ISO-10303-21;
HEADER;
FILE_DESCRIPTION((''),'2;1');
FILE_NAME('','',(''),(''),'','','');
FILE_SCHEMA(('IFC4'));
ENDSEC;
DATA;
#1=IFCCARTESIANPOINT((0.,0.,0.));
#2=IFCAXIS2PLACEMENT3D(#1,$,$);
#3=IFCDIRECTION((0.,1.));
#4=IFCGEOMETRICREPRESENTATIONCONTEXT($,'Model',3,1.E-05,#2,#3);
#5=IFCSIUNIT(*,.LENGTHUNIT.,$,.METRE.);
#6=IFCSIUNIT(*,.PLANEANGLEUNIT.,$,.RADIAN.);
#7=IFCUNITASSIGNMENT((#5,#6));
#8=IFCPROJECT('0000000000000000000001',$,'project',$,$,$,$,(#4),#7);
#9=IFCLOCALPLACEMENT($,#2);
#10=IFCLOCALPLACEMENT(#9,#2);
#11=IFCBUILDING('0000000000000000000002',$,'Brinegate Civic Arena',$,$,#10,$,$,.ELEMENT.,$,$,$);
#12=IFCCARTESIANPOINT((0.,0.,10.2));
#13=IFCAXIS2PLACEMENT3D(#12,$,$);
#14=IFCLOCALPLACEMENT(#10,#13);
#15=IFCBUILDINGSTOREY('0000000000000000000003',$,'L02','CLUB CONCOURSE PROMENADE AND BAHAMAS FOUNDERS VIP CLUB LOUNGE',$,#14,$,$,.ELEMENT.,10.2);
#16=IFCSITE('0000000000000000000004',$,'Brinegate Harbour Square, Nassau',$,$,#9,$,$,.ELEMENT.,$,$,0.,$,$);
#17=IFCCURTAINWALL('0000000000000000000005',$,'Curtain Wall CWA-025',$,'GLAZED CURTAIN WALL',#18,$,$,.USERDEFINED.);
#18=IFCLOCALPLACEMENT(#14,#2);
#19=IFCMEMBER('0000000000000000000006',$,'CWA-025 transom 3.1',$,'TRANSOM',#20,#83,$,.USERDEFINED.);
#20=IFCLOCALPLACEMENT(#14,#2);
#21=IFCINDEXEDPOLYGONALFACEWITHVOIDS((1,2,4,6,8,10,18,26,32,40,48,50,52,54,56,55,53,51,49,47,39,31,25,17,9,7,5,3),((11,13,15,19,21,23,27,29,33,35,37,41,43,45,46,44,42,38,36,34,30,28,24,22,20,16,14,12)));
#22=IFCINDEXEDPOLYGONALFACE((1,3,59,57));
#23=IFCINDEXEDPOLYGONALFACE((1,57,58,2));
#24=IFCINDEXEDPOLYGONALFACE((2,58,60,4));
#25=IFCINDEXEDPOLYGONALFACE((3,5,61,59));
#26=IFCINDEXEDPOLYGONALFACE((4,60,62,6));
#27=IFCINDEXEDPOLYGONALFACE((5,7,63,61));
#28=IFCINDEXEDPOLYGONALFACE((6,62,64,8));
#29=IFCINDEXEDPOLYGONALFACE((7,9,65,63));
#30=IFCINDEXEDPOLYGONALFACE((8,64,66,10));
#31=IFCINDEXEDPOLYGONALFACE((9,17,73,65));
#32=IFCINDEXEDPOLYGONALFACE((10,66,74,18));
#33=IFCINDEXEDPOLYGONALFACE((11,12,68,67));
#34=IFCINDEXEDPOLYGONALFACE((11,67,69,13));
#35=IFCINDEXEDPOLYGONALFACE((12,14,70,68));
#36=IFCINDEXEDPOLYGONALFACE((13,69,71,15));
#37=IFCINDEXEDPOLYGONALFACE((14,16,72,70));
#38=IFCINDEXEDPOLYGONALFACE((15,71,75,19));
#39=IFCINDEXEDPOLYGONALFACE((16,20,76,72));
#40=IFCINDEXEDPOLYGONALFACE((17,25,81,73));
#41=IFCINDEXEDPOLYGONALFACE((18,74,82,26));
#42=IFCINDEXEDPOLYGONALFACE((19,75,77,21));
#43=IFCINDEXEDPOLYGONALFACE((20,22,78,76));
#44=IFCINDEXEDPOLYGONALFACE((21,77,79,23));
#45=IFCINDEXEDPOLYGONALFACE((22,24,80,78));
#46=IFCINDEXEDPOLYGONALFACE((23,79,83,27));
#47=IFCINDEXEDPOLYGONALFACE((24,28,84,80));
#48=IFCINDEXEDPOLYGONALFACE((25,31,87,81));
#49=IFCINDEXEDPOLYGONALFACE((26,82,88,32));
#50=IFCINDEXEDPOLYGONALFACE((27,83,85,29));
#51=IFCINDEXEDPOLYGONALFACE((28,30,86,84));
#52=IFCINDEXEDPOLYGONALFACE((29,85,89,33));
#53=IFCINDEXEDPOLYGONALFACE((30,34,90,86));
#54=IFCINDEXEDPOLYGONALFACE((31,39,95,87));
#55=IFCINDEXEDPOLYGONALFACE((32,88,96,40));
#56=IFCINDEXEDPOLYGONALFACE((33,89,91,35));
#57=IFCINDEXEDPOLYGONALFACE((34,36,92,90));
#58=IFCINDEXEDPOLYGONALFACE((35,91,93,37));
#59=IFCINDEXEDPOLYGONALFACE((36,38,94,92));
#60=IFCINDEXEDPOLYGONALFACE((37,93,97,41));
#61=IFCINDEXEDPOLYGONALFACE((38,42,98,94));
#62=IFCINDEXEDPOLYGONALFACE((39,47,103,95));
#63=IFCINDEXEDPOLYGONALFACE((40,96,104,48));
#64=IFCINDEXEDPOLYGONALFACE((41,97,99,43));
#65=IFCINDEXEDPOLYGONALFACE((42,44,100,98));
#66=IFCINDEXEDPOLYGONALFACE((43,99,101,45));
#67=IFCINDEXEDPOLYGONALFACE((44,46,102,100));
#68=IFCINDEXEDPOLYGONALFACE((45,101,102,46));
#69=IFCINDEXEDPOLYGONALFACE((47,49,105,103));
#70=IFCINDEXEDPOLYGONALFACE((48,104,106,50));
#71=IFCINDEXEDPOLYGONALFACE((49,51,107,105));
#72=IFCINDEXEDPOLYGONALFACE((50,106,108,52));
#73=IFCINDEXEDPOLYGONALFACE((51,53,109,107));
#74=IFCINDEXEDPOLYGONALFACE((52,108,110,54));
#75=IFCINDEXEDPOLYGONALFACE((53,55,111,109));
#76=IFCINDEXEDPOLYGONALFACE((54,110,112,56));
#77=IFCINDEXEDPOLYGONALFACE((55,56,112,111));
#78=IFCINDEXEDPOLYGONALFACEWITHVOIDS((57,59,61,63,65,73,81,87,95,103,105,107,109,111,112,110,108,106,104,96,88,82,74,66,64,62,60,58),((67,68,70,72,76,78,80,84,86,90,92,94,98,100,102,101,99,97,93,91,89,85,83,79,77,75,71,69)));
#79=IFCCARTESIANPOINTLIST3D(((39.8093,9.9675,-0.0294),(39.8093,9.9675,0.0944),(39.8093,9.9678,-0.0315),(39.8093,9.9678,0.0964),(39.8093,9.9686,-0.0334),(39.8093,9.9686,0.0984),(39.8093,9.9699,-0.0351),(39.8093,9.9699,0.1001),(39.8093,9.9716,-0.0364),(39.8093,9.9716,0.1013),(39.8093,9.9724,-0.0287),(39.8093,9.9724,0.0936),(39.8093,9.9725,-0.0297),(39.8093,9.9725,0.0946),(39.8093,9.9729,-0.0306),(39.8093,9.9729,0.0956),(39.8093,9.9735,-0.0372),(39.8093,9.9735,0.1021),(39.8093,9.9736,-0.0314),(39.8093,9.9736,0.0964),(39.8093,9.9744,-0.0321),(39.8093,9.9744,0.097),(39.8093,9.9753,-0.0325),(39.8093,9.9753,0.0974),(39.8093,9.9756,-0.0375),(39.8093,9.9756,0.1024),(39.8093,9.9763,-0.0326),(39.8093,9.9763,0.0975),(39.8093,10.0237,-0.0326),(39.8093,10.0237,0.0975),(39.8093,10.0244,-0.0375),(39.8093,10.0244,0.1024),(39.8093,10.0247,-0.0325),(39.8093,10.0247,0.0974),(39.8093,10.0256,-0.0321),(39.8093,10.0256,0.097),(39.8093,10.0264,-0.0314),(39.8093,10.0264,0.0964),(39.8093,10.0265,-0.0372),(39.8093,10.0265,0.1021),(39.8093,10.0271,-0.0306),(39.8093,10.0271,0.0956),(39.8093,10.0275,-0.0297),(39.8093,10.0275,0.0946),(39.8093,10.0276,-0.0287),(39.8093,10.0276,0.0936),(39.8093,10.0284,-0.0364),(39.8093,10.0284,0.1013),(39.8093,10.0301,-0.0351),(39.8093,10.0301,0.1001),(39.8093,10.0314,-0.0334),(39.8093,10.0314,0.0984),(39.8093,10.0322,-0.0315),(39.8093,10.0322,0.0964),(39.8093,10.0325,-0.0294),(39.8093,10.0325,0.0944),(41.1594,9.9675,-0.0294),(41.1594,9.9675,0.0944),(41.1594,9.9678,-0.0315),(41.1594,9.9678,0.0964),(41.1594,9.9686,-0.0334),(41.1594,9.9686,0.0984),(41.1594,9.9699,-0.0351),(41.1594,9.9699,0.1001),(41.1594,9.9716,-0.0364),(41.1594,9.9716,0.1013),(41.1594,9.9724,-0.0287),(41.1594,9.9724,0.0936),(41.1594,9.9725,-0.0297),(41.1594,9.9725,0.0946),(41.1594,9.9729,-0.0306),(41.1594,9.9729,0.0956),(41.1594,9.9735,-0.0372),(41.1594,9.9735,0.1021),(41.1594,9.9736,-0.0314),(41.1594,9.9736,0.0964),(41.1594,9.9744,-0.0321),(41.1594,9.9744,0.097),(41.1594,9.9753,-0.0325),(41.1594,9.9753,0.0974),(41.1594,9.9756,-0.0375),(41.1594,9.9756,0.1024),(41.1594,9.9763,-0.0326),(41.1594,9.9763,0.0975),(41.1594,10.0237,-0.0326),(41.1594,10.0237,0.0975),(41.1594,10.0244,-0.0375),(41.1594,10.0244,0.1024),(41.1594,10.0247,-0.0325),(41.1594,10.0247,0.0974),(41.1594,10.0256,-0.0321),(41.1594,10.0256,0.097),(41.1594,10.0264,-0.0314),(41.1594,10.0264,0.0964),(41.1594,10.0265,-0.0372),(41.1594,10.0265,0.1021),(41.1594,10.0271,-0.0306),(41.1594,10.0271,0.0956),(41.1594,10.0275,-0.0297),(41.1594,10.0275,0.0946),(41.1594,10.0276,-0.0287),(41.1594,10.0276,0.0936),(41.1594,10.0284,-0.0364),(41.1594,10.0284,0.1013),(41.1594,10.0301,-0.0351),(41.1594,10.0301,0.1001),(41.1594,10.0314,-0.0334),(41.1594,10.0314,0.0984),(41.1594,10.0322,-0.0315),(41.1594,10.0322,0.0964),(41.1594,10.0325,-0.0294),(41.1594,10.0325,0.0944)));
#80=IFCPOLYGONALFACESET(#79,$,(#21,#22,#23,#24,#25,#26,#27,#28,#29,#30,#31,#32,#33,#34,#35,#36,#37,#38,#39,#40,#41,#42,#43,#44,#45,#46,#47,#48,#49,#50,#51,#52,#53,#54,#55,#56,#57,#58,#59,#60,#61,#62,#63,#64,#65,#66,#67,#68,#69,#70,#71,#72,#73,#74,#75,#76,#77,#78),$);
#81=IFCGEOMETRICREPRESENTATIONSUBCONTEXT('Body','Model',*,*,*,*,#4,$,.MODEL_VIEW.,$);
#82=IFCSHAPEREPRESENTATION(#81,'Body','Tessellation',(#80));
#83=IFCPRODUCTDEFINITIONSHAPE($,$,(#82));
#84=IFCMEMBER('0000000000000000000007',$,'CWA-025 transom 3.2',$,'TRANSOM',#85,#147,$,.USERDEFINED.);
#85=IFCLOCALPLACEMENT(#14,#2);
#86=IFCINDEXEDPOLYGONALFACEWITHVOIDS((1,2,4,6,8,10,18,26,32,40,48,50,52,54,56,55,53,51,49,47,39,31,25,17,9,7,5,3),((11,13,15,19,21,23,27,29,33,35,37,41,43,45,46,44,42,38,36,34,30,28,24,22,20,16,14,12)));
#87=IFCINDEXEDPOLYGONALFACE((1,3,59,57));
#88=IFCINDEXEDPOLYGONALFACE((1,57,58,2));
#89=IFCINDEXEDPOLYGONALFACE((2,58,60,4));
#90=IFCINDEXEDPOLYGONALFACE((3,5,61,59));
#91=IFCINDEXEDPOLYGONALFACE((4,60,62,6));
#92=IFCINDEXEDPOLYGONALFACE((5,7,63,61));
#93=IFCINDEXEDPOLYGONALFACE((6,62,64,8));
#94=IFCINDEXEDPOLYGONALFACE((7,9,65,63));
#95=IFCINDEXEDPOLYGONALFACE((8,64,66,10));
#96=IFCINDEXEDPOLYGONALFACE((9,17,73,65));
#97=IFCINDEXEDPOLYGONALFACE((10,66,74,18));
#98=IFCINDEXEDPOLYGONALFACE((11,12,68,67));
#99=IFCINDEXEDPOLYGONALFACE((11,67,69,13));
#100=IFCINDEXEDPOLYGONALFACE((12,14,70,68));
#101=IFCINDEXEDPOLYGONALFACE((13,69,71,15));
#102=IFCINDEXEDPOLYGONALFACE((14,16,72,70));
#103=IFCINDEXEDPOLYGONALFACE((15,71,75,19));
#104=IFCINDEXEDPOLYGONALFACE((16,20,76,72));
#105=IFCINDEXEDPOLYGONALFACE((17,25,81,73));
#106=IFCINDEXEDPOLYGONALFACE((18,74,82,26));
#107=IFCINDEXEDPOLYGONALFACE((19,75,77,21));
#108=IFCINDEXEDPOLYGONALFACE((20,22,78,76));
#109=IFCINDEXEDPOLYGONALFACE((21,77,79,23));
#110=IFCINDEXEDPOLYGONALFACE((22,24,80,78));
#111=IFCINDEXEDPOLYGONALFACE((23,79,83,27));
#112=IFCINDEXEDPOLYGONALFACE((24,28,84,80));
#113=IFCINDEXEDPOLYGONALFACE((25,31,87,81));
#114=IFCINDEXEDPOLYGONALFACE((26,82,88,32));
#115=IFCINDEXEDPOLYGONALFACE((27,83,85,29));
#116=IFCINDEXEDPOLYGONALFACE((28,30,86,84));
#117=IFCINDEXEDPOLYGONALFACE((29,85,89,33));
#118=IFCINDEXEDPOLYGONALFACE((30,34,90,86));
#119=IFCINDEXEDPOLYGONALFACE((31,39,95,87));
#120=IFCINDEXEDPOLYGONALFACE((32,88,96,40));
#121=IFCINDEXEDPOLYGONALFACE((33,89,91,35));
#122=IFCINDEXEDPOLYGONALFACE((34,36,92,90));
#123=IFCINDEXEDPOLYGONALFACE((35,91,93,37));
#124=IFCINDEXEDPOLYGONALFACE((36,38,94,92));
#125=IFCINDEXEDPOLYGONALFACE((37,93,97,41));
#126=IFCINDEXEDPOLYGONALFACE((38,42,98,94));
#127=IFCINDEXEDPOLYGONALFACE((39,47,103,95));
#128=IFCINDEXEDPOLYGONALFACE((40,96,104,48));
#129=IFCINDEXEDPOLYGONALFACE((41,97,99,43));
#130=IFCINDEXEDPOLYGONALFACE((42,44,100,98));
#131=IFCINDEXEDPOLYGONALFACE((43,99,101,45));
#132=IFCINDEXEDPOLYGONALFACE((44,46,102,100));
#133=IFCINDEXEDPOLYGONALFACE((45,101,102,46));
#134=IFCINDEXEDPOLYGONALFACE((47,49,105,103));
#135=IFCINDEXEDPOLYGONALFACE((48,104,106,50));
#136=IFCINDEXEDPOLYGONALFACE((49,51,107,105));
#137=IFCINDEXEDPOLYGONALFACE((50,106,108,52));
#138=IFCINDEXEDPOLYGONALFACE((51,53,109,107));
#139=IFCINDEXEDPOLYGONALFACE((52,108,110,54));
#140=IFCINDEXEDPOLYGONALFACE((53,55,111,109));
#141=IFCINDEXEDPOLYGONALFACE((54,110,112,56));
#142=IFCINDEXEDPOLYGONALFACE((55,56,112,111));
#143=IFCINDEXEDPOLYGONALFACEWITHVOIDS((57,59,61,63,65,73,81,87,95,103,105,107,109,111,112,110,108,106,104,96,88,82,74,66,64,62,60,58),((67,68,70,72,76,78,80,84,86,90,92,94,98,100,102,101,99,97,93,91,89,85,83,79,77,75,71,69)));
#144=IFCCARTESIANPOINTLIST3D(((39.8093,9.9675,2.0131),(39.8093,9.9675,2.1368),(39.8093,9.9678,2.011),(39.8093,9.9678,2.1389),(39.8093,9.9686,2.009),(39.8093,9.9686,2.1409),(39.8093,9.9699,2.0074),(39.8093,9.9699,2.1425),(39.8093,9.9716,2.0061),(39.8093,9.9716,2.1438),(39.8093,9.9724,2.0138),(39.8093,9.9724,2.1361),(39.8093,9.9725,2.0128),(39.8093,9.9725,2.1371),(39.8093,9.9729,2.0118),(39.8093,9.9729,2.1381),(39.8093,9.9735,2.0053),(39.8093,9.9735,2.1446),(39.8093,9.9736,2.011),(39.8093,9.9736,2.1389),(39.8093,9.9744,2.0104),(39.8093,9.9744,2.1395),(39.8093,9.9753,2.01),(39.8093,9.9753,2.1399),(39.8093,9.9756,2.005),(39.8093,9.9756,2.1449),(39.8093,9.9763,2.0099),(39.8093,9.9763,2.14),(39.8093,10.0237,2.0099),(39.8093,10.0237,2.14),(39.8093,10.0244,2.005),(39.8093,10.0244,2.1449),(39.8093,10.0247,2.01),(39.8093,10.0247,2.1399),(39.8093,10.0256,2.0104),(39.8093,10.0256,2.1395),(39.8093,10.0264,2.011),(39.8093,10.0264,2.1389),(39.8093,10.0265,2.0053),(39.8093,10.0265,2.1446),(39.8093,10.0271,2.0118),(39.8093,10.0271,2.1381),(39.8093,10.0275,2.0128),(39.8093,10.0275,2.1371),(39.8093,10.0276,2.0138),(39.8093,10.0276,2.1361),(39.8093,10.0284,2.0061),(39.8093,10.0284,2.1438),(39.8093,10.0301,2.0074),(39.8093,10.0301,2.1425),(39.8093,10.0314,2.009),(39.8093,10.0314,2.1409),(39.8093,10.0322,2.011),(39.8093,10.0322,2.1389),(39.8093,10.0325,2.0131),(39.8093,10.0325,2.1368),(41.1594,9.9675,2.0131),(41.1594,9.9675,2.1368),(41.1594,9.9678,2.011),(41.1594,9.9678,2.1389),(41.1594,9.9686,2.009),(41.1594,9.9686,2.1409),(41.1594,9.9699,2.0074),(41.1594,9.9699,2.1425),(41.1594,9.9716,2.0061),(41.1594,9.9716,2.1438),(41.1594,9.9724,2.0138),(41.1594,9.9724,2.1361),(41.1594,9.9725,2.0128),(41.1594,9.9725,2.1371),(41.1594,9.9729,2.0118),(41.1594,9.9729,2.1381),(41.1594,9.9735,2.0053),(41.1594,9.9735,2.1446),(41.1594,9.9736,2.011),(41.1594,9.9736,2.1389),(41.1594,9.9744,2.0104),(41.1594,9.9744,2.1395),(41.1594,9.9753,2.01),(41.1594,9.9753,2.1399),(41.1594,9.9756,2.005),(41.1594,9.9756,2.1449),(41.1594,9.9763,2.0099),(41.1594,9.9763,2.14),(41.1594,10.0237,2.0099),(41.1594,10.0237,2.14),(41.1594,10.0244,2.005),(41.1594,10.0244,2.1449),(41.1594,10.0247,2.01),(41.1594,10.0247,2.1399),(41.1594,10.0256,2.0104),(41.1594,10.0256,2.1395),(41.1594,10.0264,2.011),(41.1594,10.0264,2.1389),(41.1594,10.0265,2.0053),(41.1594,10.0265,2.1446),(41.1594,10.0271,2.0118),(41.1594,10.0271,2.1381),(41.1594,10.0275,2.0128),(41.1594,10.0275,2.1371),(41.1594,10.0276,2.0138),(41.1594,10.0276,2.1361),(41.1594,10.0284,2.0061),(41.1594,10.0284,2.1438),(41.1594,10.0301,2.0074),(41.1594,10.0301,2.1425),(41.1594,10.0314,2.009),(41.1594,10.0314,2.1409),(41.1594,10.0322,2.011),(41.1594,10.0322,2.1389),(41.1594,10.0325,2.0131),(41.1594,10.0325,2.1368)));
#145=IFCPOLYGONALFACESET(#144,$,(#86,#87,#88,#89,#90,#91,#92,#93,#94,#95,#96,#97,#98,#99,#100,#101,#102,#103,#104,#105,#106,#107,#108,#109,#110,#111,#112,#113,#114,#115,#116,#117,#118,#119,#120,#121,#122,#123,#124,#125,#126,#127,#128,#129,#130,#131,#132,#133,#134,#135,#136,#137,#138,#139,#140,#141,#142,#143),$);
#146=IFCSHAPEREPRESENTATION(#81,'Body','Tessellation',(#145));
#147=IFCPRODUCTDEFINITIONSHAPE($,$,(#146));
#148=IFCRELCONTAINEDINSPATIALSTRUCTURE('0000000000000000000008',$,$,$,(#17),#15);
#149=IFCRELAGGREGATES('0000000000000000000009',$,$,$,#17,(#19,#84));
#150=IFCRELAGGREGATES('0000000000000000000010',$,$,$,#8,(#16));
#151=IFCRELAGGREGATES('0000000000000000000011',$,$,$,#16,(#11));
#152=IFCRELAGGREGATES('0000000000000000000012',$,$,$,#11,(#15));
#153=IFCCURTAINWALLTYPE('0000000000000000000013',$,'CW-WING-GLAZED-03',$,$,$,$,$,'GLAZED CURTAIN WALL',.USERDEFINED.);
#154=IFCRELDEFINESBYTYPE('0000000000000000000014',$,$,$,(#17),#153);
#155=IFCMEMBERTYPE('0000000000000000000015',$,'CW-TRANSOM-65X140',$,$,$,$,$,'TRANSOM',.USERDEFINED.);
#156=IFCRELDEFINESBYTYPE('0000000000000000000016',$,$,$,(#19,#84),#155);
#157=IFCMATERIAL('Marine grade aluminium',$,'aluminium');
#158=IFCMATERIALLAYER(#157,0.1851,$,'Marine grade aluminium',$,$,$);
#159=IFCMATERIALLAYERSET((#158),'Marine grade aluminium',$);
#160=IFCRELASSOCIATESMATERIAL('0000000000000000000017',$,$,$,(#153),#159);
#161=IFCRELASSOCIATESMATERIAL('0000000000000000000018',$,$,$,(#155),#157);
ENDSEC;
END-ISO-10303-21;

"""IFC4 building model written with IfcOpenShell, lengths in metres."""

from ifc_helpers import new_model, si_unit, direction, frame, origin, origin_2d, place, context, subcontext, project, spatial, hollow_rectangle, extrude, material, layer, layer_set, material_profile, profile_set, type_object, element, aggregate, save


model = new_model("IFC4")

# Units and contexts
model_context = context("Model", 3, precision=1e-05, world=origin(), true_north=direction((0.0, 1.0)))
body_context = subcontext(model_context, "Body", "Model", "MODEL_VIEW")
ifc_project = project(units=[si_unit("LENGTHUNIT", "METRE"), si_unit("PLANEANGLEUNIT", "RADIAN")], contexts=[model_context])

# Site, building, storey
site_placement = place(None, origin())
site = spatial("IfcSite", under=ifc_project, at=site_placement, Name="Brinegate Harbour Square, Nassau", CompositionType="ELEMENT", RefElevation=0.0)
building_placement = place(site_placement, origin())
building = spatial("IfcBuilding", under=site, at=building_placement, Name="Brinegate Civic Arena", CompositionType="ELEMENT")
storey_placement = place(building_placement, frame((0.0, 0.0, 10.2)))
storey = spatial("IfcBuildingStorey", under=building, at=storey_placement, Name="L02", Description="CLUB CONCOURSE PROMENADE AND BAHAMAS FOUNDERS VIP CLUB LOUNGE", CompositionType="ELEMENT", Elevation=10.2)

# Curtain wall, members
ifc_material_1 = material(Name="Marine grade aluminium", Category="aluminium")
ifc_layer_1 = layer(ifc_material_1, 0.1851, Name="Marine grade aluminium")
ifc_layer_set_1 = layer_set([ifc_layer_1], Name="Marine grade aluminium")
curtain_wall_type = type_object("IfcCurtainWallType", Name="CW-WING-GLAZED-03", ElementType="GLAZED CURTAIN WALL", PredefinedType="USERDEFINED", material=ifc_layer_set_1)
curtain_wall_1_placement = place(storey_placement, origin())
curtain_wall_1 = element("IfcCurtainWall", 1, at=curtain_wall_1_placement, inside=storey, type_object=curtain_wall_type, Name="Curtain Wall CWA-025", ObjectType="GLAZED CURTAIN WALL", PredefinedType="USERDEFINED")
ifc_material_profile_1 = material_profile(ifc_material_1, hollow_rectangle(XDim=0.0649, YDim=0.1399, WallThickness=0.0049, InnerFilletRadius=0.0039, OuterFilletRadius=0.0081, at=origin_2d()), Name="TRN65X140")
ifc_profile_set_1 = profile_set([ifc_material_profile_1], Name="Marine grade aluminium")
member_type_1 = type_object("IfcMemberType", Name="CW-TRANSOM-65X140", ElementType="TRANSOM", PredefinedType="USERDEFINED", material=ifc_profile_set_1)
member_1_placement = place(storey_placement, frame((39.8093, 10.0, 0.0325), z_axis=(1.0, 0.0, 0.0), x_axis=(0.0, 1.0, 0.0)))
member_1 = element("IfcMember", 2, at=member_1_placement, type_object=member_type_1, Name="CWA-025 transom 3.1", ObjectType="TRANSOM", PredefinedType="USERDEFINED", context=body_context, shape_type="SweptSolid", body=[
    extrude(hollow_rectangle(XDim=0.0649, YDim=0.1399, WallThickness=0.0049, InnerFilletRadius=0.0039, OuterFilletRadius=0.0081, at=origin_2d()), origin(), (0.0, 0.0, 1.0), 1.3501),
])
member_2_placement = place(storey_placement, frame((39.8093, 10.0, 2.075), z_axis=(1.0, 0.0, 0.0), x_axis=(0.0, 1.0, 0.0)))
member_2 = element("IfcMember", 3, at=member_2_placement, type_object=member_type_1, Name="CWA-025 transom 3.2", ObjectType="TRANSOM", PredefinedType="USERDEFINED", context=body_context, shape_type="SweptSolid", body=[
    extrude(hollow_rectangle(XDim=0.0649, YDim=0.1399, WallThickness=0.0049, InnerFilletRadius=0.0039, OuterFilletRadius=0.0081, at=origin_2d()), origin(), (0.0, 0.0, 1.0), 1.3501),
])

aggregate(curtain_wall_1, [member_1, member_2])

save(model, "model.ifc")
